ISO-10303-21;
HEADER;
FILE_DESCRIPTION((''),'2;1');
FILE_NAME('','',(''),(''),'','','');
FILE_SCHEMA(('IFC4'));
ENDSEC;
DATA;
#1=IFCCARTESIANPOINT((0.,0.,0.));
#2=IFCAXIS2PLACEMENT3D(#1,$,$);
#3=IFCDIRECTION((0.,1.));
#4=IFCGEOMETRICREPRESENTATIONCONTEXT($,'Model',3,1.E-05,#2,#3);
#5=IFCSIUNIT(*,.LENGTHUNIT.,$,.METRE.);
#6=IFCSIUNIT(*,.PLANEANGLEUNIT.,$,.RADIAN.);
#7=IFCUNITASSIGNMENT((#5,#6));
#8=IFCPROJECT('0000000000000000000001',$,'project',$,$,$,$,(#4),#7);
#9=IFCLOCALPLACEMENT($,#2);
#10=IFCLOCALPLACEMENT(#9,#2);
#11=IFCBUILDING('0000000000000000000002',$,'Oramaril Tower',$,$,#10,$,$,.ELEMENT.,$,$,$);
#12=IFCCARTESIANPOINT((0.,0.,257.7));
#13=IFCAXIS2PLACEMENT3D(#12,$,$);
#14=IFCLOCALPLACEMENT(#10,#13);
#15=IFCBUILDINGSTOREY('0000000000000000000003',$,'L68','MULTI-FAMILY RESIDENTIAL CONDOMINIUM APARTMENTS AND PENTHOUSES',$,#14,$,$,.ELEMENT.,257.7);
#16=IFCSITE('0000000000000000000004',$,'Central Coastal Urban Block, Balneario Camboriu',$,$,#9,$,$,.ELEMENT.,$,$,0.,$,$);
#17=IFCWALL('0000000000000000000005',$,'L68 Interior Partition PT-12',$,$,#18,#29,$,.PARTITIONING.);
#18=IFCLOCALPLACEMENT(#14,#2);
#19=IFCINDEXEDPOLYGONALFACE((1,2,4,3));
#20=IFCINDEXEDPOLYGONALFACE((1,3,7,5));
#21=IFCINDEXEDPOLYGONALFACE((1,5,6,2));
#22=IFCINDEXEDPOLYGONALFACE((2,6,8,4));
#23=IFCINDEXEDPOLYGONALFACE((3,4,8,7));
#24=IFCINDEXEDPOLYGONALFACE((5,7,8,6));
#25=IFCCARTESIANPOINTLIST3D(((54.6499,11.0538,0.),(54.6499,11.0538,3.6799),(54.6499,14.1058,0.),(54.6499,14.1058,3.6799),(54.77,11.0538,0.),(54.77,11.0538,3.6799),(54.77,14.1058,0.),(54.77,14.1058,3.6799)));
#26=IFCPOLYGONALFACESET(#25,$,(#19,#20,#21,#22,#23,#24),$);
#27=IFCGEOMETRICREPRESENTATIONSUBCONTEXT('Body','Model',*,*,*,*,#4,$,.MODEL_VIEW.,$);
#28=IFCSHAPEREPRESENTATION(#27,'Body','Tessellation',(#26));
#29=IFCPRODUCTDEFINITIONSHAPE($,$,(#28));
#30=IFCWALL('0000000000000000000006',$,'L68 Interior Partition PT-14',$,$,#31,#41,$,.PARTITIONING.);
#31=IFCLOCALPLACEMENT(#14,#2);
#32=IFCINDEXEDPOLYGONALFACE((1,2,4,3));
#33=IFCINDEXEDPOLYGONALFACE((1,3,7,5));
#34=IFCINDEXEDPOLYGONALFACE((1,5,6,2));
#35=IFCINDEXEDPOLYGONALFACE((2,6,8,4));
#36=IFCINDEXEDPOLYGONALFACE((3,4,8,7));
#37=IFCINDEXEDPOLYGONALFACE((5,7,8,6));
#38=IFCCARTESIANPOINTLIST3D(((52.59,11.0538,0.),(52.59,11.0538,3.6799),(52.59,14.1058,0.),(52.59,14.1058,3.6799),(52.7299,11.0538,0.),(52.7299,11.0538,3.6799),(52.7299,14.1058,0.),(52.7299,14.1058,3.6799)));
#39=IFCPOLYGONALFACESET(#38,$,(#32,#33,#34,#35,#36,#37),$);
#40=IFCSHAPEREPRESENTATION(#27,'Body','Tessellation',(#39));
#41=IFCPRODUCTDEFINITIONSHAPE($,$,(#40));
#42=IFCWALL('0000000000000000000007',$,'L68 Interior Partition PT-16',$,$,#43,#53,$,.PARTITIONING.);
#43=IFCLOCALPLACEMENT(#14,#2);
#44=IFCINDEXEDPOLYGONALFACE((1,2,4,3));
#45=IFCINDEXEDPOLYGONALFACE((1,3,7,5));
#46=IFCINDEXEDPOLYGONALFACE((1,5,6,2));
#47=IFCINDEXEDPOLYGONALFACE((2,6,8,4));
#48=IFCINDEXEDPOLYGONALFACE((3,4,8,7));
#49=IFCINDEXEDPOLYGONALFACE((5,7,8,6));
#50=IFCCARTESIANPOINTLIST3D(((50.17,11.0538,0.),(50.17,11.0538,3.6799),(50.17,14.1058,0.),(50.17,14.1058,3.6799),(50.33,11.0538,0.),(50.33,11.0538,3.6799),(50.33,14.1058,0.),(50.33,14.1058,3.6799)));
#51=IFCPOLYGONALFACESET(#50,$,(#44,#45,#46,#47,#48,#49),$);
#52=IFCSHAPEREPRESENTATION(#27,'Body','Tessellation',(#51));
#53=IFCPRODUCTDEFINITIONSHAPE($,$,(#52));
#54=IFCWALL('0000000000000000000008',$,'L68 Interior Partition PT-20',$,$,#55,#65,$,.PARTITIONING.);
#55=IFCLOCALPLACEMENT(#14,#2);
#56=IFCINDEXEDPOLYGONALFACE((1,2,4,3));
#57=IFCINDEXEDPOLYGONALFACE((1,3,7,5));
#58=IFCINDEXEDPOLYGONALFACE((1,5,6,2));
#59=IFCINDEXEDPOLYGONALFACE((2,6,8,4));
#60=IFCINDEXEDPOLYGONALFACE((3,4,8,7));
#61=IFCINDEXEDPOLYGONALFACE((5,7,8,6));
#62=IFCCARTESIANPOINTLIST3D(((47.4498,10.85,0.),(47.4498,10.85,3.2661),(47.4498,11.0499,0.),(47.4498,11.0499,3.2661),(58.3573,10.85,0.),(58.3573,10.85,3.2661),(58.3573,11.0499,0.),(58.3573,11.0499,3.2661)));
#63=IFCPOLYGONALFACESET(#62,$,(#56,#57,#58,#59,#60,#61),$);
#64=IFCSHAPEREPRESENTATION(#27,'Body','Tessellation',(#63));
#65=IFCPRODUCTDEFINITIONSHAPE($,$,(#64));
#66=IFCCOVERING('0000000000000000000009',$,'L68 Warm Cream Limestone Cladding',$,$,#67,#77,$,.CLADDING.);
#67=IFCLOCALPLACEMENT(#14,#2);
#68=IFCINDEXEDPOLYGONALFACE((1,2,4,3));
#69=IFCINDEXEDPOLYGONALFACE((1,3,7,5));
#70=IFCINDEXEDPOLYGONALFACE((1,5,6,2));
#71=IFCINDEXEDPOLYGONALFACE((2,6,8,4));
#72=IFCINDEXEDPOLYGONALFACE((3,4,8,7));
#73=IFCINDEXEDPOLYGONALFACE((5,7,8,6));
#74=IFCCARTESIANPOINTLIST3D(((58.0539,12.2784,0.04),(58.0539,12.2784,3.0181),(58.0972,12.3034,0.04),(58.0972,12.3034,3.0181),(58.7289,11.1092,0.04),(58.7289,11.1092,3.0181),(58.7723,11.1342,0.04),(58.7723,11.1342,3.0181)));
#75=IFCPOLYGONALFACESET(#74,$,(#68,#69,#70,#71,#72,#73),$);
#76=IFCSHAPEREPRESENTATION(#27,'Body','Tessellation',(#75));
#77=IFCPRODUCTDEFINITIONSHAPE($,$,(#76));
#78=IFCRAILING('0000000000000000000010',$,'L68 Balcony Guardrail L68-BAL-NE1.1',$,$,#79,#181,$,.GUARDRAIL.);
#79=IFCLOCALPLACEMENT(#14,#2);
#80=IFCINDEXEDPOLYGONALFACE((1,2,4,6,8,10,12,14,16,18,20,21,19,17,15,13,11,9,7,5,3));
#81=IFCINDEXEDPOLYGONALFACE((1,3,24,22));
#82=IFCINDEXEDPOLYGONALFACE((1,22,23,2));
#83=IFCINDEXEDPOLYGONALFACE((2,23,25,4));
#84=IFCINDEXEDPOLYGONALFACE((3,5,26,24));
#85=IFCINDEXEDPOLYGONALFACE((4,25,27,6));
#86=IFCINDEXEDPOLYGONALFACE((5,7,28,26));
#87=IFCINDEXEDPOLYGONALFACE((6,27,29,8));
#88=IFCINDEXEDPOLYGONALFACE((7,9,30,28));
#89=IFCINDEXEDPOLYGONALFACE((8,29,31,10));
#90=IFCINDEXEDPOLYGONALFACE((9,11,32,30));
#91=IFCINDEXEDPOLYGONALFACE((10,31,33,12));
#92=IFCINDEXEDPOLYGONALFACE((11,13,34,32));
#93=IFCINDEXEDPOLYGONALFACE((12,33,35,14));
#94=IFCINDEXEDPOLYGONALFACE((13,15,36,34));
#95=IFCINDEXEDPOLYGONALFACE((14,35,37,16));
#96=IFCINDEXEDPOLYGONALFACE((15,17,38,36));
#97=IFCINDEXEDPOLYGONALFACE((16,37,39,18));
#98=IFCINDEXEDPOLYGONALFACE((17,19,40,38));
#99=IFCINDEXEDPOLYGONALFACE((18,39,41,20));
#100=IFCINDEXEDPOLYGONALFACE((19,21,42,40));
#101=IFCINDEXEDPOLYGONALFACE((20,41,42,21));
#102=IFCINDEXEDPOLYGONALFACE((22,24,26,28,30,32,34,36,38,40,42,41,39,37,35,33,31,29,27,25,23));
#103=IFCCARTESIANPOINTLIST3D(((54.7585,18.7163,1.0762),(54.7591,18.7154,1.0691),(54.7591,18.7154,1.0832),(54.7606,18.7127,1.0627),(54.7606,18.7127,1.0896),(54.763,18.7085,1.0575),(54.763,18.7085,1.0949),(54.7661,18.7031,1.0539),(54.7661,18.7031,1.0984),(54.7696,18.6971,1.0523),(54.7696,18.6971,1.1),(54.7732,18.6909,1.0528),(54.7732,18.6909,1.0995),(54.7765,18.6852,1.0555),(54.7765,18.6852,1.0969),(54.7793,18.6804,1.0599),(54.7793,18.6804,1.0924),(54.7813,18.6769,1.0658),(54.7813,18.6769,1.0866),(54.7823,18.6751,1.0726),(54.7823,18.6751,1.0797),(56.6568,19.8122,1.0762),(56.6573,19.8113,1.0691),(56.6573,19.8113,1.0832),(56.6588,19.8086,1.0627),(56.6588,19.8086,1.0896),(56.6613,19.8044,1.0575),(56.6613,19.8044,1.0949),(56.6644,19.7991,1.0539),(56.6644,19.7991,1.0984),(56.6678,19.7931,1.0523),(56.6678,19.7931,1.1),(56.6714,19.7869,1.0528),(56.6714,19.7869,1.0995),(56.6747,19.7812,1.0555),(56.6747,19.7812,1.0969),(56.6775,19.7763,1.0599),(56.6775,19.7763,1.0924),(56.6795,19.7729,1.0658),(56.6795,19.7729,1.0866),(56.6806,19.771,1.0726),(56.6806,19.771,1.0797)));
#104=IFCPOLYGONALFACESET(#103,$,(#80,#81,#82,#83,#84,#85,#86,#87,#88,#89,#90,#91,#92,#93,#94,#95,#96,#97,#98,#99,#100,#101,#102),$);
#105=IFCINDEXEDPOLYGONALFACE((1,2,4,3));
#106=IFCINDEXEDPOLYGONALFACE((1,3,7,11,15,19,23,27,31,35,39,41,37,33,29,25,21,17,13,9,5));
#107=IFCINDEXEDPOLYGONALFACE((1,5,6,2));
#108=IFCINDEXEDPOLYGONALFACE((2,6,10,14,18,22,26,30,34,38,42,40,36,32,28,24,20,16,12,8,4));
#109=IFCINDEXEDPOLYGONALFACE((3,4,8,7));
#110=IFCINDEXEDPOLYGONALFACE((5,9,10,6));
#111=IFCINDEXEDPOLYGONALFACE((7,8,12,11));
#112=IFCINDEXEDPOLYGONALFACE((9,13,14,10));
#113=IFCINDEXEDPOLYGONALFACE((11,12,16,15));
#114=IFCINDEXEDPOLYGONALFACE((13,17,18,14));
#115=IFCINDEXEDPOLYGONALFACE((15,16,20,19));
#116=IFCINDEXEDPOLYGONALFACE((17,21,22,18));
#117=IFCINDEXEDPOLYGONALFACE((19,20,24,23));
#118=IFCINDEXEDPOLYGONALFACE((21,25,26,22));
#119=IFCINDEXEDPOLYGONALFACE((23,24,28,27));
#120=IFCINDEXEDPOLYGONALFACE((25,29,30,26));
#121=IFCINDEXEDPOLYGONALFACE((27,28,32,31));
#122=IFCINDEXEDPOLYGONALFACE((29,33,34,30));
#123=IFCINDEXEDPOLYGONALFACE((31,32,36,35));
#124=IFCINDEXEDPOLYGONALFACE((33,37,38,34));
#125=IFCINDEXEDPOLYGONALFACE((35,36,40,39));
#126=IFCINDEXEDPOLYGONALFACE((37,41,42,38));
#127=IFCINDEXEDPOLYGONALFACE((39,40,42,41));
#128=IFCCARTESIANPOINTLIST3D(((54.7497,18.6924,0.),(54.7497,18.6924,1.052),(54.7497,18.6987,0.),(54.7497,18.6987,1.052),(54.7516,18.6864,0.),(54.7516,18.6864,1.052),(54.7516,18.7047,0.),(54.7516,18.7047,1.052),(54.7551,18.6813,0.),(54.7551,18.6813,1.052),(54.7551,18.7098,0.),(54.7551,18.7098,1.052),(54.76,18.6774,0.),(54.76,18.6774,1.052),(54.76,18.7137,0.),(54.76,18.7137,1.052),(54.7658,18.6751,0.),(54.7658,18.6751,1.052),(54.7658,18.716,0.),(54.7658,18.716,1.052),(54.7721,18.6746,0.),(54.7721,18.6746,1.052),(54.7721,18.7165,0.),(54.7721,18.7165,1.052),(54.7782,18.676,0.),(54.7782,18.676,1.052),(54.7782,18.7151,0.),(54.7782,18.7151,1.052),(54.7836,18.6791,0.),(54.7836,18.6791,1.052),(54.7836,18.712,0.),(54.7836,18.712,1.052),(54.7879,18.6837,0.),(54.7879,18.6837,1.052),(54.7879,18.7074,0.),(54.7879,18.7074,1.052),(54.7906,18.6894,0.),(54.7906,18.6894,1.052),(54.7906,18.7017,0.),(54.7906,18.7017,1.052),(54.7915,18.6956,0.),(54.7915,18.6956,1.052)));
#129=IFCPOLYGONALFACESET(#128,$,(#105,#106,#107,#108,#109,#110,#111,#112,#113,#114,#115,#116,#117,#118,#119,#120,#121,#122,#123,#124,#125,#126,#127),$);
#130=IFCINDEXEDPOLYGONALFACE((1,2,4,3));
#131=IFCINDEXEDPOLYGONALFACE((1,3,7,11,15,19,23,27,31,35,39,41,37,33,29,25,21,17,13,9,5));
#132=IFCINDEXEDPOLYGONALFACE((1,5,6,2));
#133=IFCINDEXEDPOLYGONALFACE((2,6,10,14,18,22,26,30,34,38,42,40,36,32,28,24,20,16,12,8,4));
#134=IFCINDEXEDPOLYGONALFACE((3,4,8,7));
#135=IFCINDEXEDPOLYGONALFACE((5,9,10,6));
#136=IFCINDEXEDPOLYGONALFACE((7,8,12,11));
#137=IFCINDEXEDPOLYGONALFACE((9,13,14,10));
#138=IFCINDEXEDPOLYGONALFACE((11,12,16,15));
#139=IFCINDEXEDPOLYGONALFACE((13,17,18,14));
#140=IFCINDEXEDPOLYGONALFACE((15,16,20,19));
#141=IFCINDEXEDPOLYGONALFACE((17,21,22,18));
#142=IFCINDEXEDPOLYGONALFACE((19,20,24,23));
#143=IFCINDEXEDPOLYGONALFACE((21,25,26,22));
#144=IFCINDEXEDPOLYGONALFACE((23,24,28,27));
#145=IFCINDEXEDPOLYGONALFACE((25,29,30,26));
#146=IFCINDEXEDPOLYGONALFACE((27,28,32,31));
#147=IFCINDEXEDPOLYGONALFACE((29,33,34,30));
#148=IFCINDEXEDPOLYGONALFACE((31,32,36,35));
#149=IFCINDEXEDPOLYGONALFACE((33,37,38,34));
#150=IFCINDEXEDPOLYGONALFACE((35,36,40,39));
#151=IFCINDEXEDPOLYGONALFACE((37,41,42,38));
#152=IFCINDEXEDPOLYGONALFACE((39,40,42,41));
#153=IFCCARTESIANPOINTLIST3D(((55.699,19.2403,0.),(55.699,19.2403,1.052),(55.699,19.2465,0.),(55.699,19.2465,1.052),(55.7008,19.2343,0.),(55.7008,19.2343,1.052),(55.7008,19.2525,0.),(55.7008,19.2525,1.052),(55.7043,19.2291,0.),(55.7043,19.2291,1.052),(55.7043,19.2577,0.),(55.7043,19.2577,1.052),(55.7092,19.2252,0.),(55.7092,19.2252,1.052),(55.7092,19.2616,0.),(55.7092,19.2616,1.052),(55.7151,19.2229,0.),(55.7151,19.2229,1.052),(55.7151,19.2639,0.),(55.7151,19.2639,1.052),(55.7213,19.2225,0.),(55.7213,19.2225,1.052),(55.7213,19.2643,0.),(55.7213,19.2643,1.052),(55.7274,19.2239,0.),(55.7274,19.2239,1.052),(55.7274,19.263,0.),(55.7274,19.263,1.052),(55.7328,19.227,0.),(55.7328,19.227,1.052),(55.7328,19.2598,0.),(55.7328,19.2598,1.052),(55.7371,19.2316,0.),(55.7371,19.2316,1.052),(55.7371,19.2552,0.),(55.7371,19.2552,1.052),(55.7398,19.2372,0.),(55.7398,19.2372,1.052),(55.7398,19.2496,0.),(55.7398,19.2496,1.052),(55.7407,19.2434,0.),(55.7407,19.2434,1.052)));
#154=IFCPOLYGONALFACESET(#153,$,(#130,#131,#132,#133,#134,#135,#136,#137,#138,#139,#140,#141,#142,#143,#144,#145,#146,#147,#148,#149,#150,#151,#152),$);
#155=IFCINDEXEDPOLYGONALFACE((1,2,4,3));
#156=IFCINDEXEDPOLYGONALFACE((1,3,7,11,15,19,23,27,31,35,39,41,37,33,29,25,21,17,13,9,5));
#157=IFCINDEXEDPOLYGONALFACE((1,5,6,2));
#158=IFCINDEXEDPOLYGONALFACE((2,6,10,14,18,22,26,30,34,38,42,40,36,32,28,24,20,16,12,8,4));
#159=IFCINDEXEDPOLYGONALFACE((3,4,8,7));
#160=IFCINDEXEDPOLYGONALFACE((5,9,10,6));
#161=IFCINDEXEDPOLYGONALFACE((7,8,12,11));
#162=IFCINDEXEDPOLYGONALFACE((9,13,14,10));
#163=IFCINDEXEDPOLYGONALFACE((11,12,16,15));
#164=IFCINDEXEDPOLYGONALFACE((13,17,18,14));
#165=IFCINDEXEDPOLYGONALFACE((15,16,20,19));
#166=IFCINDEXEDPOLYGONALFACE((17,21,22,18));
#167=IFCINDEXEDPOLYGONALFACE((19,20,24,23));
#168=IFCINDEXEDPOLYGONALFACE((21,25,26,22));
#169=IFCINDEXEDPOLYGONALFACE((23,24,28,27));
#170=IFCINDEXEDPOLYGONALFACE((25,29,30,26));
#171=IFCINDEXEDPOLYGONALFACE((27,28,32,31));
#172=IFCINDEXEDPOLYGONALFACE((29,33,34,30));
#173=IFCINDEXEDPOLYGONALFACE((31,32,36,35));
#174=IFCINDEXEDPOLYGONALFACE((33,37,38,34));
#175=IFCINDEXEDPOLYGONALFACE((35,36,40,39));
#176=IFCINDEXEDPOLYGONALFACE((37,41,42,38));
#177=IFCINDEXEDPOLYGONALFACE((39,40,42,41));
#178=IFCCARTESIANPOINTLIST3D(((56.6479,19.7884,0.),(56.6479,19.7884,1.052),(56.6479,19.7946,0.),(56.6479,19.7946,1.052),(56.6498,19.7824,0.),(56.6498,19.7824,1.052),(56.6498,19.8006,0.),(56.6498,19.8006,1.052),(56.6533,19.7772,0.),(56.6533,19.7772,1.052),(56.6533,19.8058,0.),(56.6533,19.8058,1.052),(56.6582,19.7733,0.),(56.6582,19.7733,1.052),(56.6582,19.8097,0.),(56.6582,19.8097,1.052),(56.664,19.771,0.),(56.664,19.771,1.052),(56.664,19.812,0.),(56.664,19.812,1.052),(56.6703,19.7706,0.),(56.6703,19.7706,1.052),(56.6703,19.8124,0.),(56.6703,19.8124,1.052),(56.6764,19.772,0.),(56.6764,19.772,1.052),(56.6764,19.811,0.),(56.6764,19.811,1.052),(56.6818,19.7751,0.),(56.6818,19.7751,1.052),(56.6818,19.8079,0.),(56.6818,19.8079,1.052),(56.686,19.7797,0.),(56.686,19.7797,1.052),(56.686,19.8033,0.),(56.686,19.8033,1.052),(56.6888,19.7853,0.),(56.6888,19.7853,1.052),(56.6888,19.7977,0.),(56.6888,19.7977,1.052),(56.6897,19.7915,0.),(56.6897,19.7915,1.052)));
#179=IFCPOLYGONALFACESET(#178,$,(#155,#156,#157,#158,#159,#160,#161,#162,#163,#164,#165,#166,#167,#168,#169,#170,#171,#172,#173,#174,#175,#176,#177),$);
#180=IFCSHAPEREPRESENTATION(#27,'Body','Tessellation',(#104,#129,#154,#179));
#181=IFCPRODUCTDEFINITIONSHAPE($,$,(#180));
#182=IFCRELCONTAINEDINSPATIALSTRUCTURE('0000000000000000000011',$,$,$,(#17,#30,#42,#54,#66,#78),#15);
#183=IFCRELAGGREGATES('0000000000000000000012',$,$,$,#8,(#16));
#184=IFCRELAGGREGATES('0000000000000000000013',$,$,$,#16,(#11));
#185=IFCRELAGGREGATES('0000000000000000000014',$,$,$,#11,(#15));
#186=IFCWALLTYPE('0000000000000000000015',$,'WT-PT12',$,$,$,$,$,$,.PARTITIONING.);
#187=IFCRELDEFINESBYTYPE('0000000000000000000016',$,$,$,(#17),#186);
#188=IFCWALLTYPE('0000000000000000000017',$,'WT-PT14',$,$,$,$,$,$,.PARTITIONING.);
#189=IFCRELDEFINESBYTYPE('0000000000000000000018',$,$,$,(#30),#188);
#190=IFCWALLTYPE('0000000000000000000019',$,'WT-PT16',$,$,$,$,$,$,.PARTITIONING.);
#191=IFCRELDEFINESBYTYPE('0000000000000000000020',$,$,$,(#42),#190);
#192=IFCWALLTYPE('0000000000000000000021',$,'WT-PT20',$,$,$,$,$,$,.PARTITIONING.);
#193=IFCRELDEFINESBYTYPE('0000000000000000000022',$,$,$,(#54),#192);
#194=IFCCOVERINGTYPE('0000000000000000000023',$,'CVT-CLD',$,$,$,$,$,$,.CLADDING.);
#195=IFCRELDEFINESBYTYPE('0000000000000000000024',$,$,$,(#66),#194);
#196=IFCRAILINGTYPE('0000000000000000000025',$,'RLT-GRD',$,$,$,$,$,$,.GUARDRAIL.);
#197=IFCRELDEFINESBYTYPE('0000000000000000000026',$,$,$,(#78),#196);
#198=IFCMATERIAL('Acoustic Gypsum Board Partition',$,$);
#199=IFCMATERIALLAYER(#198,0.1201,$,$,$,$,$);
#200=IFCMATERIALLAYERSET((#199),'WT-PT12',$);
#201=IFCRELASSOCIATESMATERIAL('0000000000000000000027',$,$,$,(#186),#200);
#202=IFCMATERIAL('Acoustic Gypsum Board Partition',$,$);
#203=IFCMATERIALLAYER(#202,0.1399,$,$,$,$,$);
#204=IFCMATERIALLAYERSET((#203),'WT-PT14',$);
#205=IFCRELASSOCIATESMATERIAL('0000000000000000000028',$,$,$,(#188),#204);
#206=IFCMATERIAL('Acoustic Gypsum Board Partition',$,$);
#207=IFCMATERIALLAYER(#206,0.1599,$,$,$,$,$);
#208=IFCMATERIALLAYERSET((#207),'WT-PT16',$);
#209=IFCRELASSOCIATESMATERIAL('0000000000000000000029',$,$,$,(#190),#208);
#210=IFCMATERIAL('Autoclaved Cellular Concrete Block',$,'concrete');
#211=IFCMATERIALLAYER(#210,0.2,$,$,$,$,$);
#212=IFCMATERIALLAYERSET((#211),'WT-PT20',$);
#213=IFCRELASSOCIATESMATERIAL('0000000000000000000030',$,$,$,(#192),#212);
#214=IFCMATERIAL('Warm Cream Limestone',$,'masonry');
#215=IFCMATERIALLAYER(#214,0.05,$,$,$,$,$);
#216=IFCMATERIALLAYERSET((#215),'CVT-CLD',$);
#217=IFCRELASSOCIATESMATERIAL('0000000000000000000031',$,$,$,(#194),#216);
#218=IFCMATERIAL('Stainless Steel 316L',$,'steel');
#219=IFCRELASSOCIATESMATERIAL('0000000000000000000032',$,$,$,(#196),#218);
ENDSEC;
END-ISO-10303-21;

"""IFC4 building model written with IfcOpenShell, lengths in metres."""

from ifc_helpers import new_model, si_unit, direction, frame, frame_2d, origin, origin_2d, place, context, subcontext, project, spatial, rectangle, circle, extrude, material, layer, layer_set, type_object, element, save


model = new_model("IFC4")

# Units and contexts
model_context = context("Model", 3, precision=1e-05, world=origin(), true_north=direction((0.0, 1.0)))
body_context = subcontext(model_context, "Body", "Model", "MODEL_VIEW")
ifc_project = project(units=[si_unit("LENGTHUNIT", "METRE"), si_unit("PLANEANGLEUNIT", "RADIAN")], contexts=[model_context])

# Site, building, storey
site_placement = place(None, origin())
site = spatial("IfcSite", under=ifc_project, at=site_placement, Name="Central Coastal Urban Block, Balneario Camboriu", CompositionType="ELEMENT", RefElevation=0.0)
building_placement = place(site_placement, origin())
building = spatial("IfcBuilding", under=site, at=building_placement, Name="Oramaril Tower", CompositionType="ELEMENT")
storey_placement = place(building_placement, frame((0.0, 0.0, 257.7)))
storey = spatial("IfcBuildingStorey", under=building, at=storey_placement, Name="L68", Description="MULTI-FAMILY RESIDENTIAL CONDOMINIUM APARTMENTS AND PENTHOUSES", CompositionType="ELEMENT", Elevation=257.7)

# Walls
ifc_material_1 = material(Name="Acoustic Gypsum Board Partition")
ifc_layer_1 = layer(ifc_material_1, 0.1201)
ifc_layer_set_1 = layer_set([ifc_layer_1], Name="WT-PT12")
wall_type_1 = type_object("IfcWallType", Name="WT-PT12", PredefinedType="PARTITIONING", material=ifc_layer_set_1)
wall_1_placement = place(storey_placement, frame((54.71, 11.054, 0.0), z_axis=(0.0, 0.0, 1.0), x_axis=(0.0, 1.0, 0.0)))
element("IfcWall", 1, at=wall_1_placement, inside=storey, type_object=wall_type_1, Name="L68 Interior Partition PT-12", PredefinedType="PARTITIONING", context=body_context, shape_type="SweptSolid", body=[
    extrude(rectangle(XDim=3.052, YDim=0.1201, at=frame_2d((1.5259, 0.0))), origin(), (0.0, 0.0, 1.0), 3.6799),
])
ifc_material_2 = material(Name="Acoustic Gypsum Board Partition")
ifc_layer_2 = layer(ifc_material_2, 0.1399)
ifc_layer_set_2 = layer_set([ifc_layer_2], Name="WT-PT14")
wall_type_2 = type_object("IfcWallType", Name="WT-PT14", PredefinedType="PARTITIONING", material=ifc_layer_set_2)
wall_2_placement = place(storey_placement, frame((52.6599, 11.054, 0.0), z_axis=(0.0, 0.0, 1.0), x_axis=(0.0, 1.0, 0.0)))
element("IfcWall", 2, at=wall_2_placement, inside=storey, type_object=wall_type_2, Name="L68 Interior Partition PT-14", PredefinedType="PARTITIONING", context=body_context, shape_type="SweptSolid", body=[
    extrude(rectangle(XDim=3.052, YDim=0.1399, at=frame_2d((1.5259, 0.0))), origin(), (0.0, 0.0, 1.0), 3.6799),
])
ifc_material_3 = material(Name="Acoustic Gypsum Board Partition")
ifc_layer_3 = layer(ifc_material_3, 0.1599)
ifc_layer_set_3 = layer_set([ifc_layer_3], Name="WT-PT16")
wall_type_3 = type_object("IfcWallType", Name="WT-PT16", PredefinedType="PARTITIONING", material=ifc_layer_set_3)
wall_3_placement = place(storey_placement, frame((50.25, 11.054, 0.0), z_axis=(0.0, 0.0, 1.0), x_axis=(0.0, 1.0, 0.0)))
element("IfcWall", 3, at=wall_3_placement, inside=storey, type_object=wall_type_3, Name="L68 Interior Partition PT-16", PredefinedType="PARTITIONING", context=body_context, shape_type="SweptSolid", body=[
    extrude(rectangle(XDim=3.052, YDim=0.1599, at=frame_2d((1.5259, 0.0))), origin(), (0.0, 0.0, 1.0), 3.6799),
])
ifc_material_4 = material(Name="Autoclaved Cellular Concrete Block", Category="concrete")
ifc_layer_4 = layer(ifc_material_4, 0.2)
ifc_layer_set_4 = layer_set([ifc_layer_4], Name="WT-PT20")
wall_type_4 = type_object("IfcWallType", Name="WT-PT20", PredefinedType="PARTITIONING", material=ifc_layer_set_4)
wall_4_placement = place(storey_placement, frame((47.45, 10.95, 0.0), z_axis=(0.0, 0.0, 1.0), x_axis=(1.0, 0.0, 0.0)))
element("IfcWall", 4, at=wall_4_placement, inside=storey, type_object=wall_type_4, Name="L68 Interior Partition PT-20", PredefinedType="PARTITIONING", context=body_context, shape_type="SweptSolid", body=[
    extrude(rectangle(XDim=10.9075, YDim=0.2, at=frame_2d((5.4536, 0.0))), origin(), (0.0, 0.0, 1.0), 3.2661),
])

# Covering
ifc_material_5 = material(Name="Warm Cream Limestone", Category="masonry")
ifc_layer_5 = layer(ifc_material_5, 0.05)
ifc_layer_set_5 = layer_set([ifc_layer_5], Name="CVT-CLD")
covering_type = type_object("IfcCoveringType", Name="CVT-CLD", PredefinedType="CLADDING", material=ifc_layer_set_5)
covering_placement = place(storey_placement, frame((58.4131, 11.7063, 0.04), z_axis=(0.0, 0.0, 1.0), x_axis=(-0.5, 0.866025, 0.0)))
element("IfcCovering", 5, at=covering_placement, inside=storey, type_object=covering_type, Name="L68 Warm Cream Limestone Cladding", PredefinedType="CLADDING", context=body_context, shape_type="SweptSolid", body=[
    extrude(rectangle(XDim=1.3501, YDim=0.05, at=origin_2d()), origin(), (0.0, 0.0, 1.0), 2.978),
])

# Railing
ifc_material_6 = material(Name="Stainless Steel 316L", Category="steel")
railing_type = type_object("IfcRailingType", Name="RLT-GRD", PredefinedType="GUARDRAIL", material=ifc_material_6)
railing_1_placement = place(storey_placement, frame((54.7705, 18.6956, 0.0)))
element("IfcRailing", 6, at=railing_1_placement, inside=storey, type_object=railing_type, Name="L68 Balcony Guardrail L68-BAL-NE1.1", PredefinedType="GUARDRAIL", context=body_context, shape_type="SweptSolid", body=[
    extrude(circle(Radius=0.0239, at=origin_2d()), frame((0.0, 0.0, 1.0762), z_axis=(0.866021, 0.500008, 0.0), x_axis=(-0.500008, 0.866021, 0.0)), (0.0, 0.0, 1.0), 2.1919),
    extrude(circle(Radius=0.021, at=origin_2d()), origin(), (0.0, 0.0, 1.0), 1.052),
    extrude(circle(Radius=0.021, at=origin_2d()), frame((0.9492, 0.5479, 0.0)), (0.0, 0.0, 1.0), 1.052),
    extrude(circle(Radius=0.021, at=origin_2d()), frame((1.8982, 1.0959, 0.0)), (0.0, 0.0, 1.0), 1.052),
])

save(model, "model.ifc")
